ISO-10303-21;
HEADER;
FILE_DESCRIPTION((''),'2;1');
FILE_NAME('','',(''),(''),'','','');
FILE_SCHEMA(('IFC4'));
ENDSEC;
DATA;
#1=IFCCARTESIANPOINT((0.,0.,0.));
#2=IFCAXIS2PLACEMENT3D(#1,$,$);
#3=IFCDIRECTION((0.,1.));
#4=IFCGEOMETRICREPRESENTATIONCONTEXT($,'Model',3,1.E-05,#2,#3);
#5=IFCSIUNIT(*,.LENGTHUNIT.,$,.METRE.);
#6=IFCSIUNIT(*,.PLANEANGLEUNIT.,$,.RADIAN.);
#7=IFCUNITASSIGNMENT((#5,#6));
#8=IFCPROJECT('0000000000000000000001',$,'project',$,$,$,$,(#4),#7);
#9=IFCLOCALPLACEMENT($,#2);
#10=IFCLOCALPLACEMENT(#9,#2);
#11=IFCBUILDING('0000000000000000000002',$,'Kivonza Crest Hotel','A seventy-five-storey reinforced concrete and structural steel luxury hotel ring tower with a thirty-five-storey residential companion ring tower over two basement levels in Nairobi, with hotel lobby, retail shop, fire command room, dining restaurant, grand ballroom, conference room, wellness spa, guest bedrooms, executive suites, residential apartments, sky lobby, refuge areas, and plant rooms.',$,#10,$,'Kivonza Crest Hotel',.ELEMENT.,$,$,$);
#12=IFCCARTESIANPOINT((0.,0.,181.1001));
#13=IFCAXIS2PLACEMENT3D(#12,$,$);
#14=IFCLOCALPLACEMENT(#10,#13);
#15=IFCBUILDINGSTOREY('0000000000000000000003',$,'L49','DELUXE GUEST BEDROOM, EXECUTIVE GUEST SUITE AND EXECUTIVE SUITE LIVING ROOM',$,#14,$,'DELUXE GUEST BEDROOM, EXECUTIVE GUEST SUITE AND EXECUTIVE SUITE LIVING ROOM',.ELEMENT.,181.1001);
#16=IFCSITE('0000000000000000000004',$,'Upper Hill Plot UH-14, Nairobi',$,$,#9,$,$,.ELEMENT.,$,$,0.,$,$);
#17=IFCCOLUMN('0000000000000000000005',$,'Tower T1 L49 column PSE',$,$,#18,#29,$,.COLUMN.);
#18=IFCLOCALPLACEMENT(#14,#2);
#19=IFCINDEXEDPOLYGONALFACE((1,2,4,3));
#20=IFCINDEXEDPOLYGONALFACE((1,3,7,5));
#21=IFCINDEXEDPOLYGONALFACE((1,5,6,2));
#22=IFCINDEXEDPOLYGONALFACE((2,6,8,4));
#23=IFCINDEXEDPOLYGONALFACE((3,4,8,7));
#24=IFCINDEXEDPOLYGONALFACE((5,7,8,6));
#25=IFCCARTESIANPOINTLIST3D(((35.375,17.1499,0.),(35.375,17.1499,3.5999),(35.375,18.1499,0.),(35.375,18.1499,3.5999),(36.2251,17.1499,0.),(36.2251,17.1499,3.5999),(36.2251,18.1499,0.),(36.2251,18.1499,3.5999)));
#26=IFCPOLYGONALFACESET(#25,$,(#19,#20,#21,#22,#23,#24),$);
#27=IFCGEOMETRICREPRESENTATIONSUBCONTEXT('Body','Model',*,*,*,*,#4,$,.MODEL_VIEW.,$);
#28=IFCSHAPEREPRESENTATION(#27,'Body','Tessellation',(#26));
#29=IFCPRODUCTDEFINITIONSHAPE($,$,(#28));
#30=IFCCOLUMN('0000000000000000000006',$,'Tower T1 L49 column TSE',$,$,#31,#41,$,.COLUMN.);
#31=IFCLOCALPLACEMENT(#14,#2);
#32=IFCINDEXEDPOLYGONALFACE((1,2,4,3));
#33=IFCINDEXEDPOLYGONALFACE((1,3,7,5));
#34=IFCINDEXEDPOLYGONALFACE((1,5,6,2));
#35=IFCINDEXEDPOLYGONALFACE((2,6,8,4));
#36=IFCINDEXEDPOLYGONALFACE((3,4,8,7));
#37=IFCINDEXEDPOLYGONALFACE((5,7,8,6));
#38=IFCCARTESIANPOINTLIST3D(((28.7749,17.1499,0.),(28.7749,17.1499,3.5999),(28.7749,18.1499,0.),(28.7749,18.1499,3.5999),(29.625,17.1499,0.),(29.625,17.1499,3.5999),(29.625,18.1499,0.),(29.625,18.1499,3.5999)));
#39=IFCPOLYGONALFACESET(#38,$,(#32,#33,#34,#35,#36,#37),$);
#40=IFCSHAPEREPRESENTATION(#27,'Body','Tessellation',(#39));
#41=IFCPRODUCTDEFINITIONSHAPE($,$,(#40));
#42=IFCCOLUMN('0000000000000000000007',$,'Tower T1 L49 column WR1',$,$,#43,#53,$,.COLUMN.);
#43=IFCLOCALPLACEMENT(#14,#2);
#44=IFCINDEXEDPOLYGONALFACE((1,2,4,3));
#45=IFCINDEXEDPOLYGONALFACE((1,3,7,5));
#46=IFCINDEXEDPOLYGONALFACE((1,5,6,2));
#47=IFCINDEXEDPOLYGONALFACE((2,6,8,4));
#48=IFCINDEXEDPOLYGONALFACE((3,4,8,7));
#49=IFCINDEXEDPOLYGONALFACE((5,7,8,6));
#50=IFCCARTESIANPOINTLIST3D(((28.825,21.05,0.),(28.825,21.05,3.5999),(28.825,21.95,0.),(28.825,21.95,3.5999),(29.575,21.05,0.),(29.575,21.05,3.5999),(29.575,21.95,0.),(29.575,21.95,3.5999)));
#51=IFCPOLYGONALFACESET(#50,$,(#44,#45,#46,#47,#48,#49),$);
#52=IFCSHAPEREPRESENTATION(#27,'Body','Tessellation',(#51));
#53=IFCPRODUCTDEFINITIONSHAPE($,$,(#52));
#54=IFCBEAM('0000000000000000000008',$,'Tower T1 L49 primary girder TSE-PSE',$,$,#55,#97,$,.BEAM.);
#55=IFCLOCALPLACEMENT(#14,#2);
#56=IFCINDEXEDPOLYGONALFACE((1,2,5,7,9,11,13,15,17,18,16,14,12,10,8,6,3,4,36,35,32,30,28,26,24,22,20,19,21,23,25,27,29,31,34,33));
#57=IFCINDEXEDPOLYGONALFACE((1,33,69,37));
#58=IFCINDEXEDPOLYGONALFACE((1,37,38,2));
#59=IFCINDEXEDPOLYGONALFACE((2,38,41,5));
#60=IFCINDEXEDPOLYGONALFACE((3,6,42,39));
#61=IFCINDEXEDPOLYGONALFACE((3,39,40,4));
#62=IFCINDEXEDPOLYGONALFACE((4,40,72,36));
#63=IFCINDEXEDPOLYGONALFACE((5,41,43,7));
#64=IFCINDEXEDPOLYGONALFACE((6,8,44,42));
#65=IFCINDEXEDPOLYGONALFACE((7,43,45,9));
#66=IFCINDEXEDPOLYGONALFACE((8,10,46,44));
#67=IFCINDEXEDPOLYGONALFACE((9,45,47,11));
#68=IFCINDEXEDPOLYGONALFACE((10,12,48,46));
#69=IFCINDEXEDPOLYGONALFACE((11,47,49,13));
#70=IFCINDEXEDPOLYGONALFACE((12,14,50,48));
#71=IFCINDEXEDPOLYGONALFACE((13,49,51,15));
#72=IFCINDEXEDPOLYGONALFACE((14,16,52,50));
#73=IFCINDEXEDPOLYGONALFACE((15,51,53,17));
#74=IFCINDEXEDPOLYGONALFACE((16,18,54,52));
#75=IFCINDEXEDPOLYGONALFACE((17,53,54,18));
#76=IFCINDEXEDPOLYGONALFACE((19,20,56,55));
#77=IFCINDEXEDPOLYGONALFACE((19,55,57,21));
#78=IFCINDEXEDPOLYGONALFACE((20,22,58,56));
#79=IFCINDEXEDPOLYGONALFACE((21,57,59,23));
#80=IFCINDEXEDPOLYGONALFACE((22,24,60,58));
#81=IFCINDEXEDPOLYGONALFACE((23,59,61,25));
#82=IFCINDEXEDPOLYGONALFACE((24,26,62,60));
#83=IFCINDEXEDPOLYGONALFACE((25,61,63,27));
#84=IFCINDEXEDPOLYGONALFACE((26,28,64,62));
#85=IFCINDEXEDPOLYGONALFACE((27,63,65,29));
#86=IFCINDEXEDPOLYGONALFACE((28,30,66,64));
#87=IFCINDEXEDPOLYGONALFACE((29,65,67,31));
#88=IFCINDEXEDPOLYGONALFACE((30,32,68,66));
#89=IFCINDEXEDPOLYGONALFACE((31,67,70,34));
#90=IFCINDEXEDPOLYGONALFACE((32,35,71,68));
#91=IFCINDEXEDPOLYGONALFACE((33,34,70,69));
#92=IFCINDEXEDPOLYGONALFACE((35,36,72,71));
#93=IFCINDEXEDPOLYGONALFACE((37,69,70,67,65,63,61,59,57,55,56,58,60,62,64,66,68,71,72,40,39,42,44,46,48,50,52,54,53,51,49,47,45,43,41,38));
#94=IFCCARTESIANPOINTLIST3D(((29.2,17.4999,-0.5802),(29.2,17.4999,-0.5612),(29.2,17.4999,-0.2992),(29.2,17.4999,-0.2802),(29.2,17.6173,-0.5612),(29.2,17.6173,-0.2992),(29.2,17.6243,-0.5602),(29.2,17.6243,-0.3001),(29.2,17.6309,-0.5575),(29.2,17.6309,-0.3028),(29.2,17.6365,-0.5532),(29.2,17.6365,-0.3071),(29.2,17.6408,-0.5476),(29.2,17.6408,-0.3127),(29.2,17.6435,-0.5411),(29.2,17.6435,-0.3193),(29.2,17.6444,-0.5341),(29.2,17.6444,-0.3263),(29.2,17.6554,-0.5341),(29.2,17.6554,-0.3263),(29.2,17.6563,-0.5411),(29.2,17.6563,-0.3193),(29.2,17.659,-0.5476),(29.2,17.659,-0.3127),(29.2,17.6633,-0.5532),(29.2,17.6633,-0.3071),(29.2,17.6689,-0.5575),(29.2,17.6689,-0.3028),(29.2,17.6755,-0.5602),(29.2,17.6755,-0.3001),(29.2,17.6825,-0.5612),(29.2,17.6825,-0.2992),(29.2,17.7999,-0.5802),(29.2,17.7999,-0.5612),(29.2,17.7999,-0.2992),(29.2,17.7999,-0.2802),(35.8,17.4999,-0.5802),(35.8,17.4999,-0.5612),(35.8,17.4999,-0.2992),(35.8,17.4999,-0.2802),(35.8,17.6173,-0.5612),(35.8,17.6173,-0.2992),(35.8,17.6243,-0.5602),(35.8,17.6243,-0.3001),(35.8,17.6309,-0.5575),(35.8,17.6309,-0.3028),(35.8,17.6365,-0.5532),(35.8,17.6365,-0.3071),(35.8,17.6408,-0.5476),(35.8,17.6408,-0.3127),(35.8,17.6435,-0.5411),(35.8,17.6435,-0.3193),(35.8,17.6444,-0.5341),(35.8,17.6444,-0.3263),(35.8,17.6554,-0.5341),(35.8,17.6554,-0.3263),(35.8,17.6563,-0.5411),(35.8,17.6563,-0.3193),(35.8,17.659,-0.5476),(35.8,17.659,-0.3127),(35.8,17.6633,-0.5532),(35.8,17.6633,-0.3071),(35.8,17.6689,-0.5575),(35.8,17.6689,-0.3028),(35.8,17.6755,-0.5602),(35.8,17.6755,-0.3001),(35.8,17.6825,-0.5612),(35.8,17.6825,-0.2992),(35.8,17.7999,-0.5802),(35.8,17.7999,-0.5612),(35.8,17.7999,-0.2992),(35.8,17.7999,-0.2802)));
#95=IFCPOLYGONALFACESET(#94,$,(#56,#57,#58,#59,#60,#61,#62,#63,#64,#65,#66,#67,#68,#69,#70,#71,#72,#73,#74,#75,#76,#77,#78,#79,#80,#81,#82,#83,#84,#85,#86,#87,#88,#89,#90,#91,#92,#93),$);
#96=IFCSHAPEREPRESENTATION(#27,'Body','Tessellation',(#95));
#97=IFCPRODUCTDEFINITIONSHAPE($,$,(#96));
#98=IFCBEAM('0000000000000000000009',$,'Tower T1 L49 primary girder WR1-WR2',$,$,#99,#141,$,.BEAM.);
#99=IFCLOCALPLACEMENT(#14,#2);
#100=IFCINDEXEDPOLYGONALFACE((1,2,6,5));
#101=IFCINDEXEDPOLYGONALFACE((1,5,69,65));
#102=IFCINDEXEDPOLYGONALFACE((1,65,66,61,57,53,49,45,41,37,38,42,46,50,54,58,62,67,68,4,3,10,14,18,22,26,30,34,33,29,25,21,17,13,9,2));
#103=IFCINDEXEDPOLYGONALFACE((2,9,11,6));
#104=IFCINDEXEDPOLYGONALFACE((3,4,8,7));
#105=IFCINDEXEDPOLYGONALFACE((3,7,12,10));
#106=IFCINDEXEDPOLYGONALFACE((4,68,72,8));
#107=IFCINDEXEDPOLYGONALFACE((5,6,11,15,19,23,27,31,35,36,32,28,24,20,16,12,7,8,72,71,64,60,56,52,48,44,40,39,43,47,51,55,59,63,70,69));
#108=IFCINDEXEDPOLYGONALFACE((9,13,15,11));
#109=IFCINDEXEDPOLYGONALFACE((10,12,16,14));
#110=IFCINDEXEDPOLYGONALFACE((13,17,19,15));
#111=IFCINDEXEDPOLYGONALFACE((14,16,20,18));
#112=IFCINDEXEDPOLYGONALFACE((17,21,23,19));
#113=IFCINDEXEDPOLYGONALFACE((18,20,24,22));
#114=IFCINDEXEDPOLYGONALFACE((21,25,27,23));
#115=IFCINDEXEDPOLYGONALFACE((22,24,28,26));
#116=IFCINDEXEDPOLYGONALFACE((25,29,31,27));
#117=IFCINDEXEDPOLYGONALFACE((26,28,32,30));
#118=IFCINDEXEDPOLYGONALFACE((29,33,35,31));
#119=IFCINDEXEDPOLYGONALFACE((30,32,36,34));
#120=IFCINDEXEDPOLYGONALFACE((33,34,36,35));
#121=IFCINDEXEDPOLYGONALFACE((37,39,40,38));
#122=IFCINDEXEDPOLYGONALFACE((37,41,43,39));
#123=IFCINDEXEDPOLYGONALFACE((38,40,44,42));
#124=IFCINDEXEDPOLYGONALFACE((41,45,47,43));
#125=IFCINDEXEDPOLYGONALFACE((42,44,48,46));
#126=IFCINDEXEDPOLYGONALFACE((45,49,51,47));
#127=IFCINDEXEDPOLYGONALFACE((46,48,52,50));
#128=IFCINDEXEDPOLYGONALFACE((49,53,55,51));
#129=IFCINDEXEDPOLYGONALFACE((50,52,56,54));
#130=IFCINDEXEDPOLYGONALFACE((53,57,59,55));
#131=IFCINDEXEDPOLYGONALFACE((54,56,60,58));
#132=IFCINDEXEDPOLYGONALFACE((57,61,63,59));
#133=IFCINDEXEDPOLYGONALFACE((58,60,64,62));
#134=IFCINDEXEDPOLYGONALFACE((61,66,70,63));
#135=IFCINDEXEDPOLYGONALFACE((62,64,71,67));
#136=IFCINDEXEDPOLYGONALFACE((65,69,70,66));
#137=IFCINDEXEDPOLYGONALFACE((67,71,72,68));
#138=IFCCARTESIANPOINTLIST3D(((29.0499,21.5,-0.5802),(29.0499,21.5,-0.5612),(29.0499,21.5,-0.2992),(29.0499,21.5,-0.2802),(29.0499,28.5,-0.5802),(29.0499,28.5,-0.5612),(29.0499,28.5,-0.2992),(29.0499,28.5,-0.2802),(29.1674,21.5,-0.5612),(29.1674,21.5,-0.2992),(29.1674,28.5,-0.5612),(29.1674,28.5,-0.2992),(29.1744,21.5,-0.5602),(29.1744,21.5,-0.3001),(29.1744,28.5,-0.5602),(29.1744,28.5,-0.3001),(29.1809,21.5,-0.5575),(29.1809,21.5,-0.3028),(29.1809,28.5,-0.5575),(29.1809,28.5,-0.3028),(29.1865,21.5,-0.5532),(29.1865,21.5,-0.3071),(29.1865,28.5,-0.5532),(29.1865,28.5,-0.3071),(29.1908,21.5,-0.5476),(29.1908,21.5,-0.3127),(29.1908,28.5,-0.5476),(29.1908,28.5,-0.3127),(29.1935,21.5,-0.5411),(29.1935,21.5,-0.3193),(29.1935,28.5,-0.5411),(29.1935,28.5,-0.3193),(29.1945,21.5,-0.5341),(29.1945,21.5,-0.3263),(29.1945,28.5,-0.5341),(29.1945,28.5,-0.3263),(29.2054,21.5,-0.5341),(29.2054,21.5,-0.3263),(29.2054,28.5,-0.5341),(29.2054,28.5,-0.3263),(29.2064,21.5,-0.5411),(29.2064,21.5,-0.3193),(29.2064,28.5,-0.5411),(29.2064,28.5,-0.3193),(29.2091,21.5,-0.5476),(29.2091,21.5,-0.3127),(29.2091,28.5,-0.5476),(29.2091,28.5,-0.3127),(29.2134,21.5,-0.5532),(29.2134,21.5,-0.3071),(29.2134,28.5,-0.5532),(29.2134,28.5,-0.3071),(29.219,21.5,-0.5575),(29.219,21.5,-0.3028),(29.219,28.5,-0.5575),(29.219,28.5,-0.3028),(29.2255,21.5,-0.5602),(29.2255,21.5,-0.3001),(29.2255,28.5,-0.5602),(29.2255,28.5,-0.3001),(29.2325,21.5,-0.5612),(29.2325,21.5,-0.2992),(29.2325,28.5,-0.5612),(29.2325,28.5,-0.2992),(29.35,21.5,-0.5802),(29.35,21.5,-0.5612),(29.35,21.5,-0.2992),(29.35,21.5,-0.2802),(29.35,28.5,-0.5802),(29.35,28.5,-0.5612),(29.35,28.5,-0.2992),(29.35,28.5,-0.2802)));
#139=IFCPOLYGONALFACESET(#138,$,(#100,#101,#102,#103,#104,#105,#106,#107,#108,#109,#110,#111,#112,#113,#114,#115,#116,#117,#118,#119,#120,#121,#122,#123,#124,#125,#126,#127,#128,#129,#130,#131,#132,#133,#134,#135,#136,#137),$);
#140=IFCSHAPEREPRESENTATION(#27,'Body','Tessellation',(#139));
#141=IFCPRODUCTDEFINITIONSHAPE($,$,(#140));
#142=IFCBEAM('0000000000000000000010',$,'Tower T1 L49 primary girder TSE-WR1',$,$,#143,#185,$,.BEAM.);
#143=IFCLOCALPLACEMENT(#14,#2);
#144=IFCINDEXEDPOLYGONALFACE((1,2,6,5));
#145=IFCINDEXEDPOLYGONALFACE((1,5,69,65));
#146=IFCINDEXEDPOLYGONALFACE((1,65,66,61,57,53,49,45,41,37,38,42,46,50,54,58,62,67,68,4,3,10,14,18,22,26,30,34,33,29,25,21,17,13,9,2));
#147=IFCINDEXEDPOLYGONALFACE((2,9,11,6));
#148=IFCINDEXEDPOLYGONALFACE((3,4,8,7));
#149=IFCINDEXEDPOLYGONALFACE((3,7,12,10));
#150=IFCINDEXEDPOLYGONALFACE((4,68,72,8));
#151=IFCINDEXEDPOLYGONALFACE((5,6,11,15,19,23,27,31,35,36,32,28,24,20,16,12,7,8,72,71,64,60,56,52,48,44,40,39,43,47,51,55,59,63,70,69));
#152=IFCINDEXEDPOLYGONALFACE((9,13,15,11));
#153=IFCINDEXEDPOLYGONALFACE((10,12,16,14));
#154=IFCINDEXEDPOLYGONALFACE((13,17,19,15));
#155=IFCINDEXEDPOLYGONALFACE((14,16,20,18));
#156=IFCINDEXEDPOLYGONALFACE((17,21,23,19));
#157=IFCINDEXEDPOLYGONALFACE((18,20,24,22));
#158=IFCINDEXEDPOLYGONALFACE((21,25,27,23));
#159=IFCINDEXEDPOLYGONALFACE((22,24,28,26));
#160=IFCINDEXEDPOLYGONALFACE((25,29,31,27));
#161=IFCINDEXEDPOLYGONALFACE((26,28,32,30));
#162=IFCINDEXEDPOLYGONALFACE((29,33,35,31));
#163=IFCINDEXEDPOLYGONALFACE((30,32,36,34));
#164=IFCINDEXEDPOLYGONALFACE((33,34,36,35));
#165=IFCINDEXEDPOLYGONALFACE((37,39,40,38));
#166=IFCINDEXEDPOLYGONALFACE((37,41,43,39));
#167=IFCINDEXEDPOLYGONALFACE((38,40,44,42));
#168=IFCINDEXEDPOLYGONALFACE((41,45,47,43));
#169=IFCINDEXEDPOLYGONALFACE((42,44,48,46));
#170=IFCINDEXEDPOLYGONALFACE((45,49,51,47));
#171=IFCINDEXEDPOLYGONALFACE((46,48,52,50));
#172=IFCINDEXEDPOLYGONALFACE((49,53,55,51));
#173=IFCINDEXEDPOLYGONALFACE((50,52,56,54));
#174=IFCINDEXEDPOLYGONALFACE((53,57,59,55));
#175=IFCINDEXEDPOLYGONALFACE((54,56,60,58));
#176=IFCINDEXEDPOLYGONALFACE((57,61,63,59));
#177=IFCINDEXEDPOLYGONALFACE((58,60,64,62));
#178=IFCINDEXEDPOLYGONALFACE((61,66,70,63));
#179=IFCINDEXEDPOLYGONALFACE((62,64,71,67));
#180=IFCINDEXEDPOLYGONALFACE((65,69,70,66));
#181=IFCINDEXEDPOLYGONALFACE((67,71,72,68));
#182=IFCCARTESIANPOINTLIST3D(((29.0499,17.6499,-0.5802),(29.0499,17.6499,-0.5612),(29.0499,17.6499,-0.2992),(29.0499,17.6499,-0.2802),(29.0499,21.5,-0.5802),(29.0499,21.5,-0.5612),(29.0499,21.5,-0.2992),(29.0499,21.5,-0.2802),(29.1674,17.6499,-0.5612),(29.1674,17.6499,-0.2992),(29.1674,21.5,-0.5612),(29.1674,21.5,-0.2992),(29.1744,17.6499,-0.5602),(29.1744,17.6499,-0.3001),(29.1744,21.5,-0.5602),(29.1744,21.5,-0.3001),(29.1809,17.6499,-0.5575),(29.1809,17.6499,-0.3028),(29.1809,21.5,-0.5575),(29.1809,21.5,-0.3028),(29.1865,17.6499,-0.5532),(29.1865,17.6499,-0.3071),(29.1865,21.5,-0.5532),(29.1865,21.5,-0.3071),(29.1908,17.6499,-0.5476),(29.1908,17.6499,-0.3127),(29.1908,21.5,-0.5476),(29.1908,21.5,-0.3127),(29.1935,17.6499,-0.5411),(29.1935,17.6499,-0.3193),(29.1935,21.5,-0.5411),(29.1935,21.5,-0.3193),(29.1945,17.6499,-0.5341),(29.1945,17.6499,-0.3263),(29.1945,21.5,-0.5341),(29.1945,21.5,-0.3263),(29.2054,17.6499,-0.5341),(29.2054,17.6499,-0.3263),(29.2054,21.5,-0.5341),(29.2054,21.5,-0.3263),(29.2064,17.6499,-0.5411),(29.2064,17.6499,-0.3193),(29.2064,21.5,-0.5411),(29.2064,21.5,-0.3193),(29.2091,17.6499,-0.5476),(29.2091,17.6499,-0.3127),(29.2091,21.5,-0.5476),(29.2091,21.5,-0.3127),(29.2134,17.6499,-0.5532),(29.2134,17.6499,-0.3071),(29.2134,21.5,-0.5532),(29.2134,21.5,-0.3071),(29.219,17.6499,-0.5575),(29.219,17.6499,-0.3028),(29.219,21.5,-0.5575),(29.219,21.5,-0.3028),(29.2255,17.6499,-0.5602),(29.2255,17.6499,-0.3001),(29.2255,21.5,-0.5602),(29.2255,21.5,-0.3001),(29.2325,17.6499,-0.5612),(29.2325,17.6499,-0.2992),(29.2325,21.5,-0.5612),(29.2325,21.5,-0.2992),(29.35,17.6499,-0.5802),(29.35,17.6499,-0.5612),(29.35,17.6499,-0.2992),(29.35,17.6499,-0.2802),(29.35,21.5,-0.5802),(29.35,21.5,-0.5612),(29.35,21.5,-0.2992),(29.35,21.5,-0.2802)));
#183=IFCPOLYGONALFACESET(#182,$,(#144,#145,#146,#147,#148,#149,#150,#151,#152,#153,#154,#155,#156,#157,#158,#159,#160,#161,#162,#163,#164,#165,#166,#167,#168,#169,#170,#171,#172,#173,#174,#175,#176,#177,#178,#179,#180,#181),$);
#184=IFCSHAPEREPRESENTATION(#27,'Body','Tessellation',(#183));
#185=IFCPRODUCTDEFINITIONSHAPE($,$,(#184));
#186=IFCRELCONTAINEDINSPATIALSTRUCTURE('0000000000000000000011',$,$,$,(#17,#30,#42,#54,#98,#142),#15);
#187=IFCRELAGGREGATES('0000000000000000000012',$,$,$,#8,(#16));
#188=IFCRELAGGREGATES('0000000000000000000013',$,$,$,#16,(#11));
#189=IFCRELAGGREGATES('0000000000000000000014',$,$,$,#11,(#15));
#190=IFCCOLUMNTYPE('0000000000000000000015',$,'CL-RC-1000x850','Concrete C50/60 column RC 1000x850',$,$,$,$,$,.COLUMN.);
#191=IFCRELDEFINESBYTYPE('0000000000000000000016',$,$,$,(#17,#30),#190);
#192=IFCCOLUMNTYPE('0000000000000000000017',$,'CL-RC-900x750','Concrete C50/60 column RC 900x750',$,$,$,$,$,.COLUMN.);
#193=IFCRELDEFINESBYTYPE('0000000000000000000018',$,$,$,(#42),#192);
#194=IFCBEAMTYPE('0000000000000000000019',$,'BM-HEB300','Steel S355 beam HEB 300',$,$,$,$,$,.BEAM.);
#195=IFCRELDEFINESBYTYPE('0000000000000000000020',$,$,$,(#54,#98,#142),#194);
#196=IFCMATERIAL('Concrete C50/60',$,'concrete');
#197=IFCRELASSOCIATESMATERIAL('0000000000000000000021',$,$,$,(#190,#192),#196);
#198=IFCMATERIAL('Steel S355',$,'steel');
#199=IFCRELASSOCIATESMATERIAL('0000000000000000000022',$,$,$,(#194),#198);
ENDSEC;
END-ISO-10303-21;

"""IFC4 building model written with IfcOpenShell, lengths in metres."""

from ifc_helpers import new_model, si_unit, direction, frame, origin, origin_2d, place, context, subcontext, project, spatial, rectangle, i_section, extrude, material, material_profile, profile_set, type_object, element, save


model = new_model("IFC4")

# Units and contexts
model_context = context("Model", 3, precision=1e-05, world=origin(), true_north=direction((0.0, 1.0)))
body_context = subcontext(model_context, "Body", "Model", "MODEL_VIEW")
ifc_project = project(units=[si_unit("LENGTHUNIT", "METRE"), si_unit("PLANEANGLEUNIT", "RADIAN")], contexts=[model_context])

# Site, building, storey
site_placement = place(None, origin())
site = spatial("IfcSite", under=ifc_project, at=site_placement, Name="Upper Hill Plot UH-14, Nairobi", CompositionType="ELEMENT", RefElevation=0.0)
building_placement = place(site_placement, origin())
building = spatial("IfcBuilding", under=site, at=building_placement, Name="Kivonza Crest Hotel", Description="A seventy-five-storey reinforced concrete and structural steel luxury hotel ring tower with a thirty-five-storey residential companion ring tower over two basement levels in Nairobi, with hotel lobby, retail shop, fire command room, dining restaurant, grand ballroom, conference room, wellness spa, guest bedrooms, executive suites, residential apartments, sky lobby, refuge areas, and plant rooms.", LongName="Kivonza Crest Hotel", CompositionType="ELEMENT")
storey_placement = place(building_placement, frame((0.0, 0.0, 181.1001)))
storey = spatial("IfcBuildingStorey", under=building, at=storey_placement, Name="L49", Description="DELUXE GUEST BEDROOM, EXECUTIVE GUEST SUITE AND EXECUTIVE SUITE LIVING ROOM", LongName="DELUXE GUEST BEDROOM, EXECUTIVE GUEST SUITE AND EXECUTIVE SUITE LIVING ROOM", CompositionType="ELEMENT", Elevation=181.1001)

# Columns
ifc_material_1 = material(Name="Concrete C50/60", Category="concrete")
ifc_material_profile_1 = material_profile(ifc_material_1, rectangle(XDim=0.8501, YDim=1.0, at=origin_2d()), Name="RC 1000x850")
ifc_profile_set_1 = profile_set([ifc_material_profile_1], Name="Concrete C50/60")
column_type_1 = type_object("IfcColumnType", Name="CL-RC-1000x850", Description="Concrete C50/60 column RC 1000x850", PredefinedType="COLUMN", material=ifc_profile_set_1)
for number, where, z_axis, x_axis, name in (
    (1, (35.8, 17.6499, 0.0), (0.0, 0.0, 1.0), (1.0, 0.0, 0.0), "Tower T1 L49 column PSE"),
    (2, (29.2, 17.6499, 0.0), (0.0, 0.0, 1.0), (1.0, 0.0, 0.0), "Tower T1 L49 column TSE"),
):
    element("IfcColumn", number, at=place(storey_placement, frame(where, z_axis=z_axis, x_axis=x_axis)), inside=storey, type_object=column_type_1, Name=name, PredefinedType="COLUMN", context=body_context, shape_type="SweptSolid", body=[
        extrude(rectangle(XDim=0.8501, YDim=1.0, at=origin_2d()), origin(), (0.0, 0.0, 1.0), 3.5999),
    ])
ifc_material_profile_2 = material_profile(ifc_material_1, rectangle(XDim=0.75, YDim=0.8999, at=origin_2d()), Name="RC 900x750")
ifc_profile_set_2 = profile_set([ifc_material_profile_2], Name="Concrete C50/60")
column_type_2 = type_object("IfcColumnType", Name="CL-RC-900x750", Description="Concrete C50/60 column RC 900x750", PredefinedType="COLUMN", material=ifc_profile_set_2)
column_placement = place(storey_placement, frame((29.2, 21.5, 0.0), z_axis=(0.0, 0.0, 1.0), x_axis=(1.0, 0.0, 0.0)))
element("IfcColumn", 3, at=column_placement, inside=storey, type_object=column_type_2, Name="Tower T1 L49 column WR1", PredefinedType="COLUMN", context=body_context, shape_type="SweptSolid", body=[
    extrude(rectangle(XDim=0.75, YDim=0.8999, at=origin_2d()), origin(), (0.0, 0.0, 1.0), 3.5999),
])

# Beams
ifc_material_2 = material(Name="Steel S355", Category="steel")
ifc_material_profile_3 = material_profile(ifc_material_2, i_section(OverallWidth=0.3, OverallDepth=0.3, WebThickness=0.011, FlangeThickness=0.019, FilletRadius=0.0271, at=origin_2d()), Name="HEB 300")
ifc_profile_set_3 = profile_set([ifc_material_profile_3], Name="Steel S355")
beam_type = type_object("IfcBeamType", Name="BM-HEB300", Description="Steel S355 beam HEB 300", PredefinedType="BEAM", material=ifc_profile_set_3)
beam_1_placement = place(storey_placement, frame((29.2, 17.6499, -0.4302), z_axis=(1.0, 0.0, 0.0), x_axis=(0.0, 1.0, 0.0)))
element("IfcBeam", 4, at=beam_1_placement, inside=storey, type_object=beam_type, Name="Tower T1 L49 primary girder TSE-PSE", PredefinedType="BEAM", context=body_context, shape_type="SweptSolid", body=[
    extrude(i_section(OverallWidth=0.3, OverallDepth=0.3, WebThickness=0.011, FlangeThickness=0.019, FilletRadius=0.0271, at=origin_2d()), origin(), (0.0, 0.0, 1.0), 6.6001),
])
beam_2_placement = place(storey_placement, frame((29.2, 21.5, -0.4302), z_axis=(0.0, 1.0, 0.0), x_axis=(-1.0, 0.0, 0.0)))
element("IfcBeam", 5, at=beam_2_placement, inside=storey, type_object=beam_type, Name="Tower T1 L49 primary girder WR1-WR2", PredefinedType="BEAM", context=body_context, shape_type="SweptSolid", body=[
    extrude(i_section(OverallWidth=0.3, OverallDepth=0.3, WebThickness=0.011, FlangeThickness=0.019, FilletRadius=0.0271, at=origin_2d()), origin(), (0.0, 0.0, 1.0), 7.0),
])
beam_3_placement = place(storey_placement, frame((29.2, 17.6499, -0.4302), z_axis=(0.0, 1.0, 0.0), x_axis=(-1.0, 0.0, 0.0)))
element("IfcBeam", 6, at=beam_3_placement, inside=storey, type_object=beam_type, Name="Tower T1 L49 primary girder TSE-WR1", PredefinedType="BEAM", context=body_context, shape_type="SweptSolid", body=[
    extrude(i_section(OverallWidth=0.3, OverallDepth=0.3, WebThickness=0.011, FlangeThickness=0.019, FilletRadius=0.0271, at=origin_2d()), origin(), (0.0, 0.0, 1.0), 3.8501),
])

save(model, "model.ifc")
